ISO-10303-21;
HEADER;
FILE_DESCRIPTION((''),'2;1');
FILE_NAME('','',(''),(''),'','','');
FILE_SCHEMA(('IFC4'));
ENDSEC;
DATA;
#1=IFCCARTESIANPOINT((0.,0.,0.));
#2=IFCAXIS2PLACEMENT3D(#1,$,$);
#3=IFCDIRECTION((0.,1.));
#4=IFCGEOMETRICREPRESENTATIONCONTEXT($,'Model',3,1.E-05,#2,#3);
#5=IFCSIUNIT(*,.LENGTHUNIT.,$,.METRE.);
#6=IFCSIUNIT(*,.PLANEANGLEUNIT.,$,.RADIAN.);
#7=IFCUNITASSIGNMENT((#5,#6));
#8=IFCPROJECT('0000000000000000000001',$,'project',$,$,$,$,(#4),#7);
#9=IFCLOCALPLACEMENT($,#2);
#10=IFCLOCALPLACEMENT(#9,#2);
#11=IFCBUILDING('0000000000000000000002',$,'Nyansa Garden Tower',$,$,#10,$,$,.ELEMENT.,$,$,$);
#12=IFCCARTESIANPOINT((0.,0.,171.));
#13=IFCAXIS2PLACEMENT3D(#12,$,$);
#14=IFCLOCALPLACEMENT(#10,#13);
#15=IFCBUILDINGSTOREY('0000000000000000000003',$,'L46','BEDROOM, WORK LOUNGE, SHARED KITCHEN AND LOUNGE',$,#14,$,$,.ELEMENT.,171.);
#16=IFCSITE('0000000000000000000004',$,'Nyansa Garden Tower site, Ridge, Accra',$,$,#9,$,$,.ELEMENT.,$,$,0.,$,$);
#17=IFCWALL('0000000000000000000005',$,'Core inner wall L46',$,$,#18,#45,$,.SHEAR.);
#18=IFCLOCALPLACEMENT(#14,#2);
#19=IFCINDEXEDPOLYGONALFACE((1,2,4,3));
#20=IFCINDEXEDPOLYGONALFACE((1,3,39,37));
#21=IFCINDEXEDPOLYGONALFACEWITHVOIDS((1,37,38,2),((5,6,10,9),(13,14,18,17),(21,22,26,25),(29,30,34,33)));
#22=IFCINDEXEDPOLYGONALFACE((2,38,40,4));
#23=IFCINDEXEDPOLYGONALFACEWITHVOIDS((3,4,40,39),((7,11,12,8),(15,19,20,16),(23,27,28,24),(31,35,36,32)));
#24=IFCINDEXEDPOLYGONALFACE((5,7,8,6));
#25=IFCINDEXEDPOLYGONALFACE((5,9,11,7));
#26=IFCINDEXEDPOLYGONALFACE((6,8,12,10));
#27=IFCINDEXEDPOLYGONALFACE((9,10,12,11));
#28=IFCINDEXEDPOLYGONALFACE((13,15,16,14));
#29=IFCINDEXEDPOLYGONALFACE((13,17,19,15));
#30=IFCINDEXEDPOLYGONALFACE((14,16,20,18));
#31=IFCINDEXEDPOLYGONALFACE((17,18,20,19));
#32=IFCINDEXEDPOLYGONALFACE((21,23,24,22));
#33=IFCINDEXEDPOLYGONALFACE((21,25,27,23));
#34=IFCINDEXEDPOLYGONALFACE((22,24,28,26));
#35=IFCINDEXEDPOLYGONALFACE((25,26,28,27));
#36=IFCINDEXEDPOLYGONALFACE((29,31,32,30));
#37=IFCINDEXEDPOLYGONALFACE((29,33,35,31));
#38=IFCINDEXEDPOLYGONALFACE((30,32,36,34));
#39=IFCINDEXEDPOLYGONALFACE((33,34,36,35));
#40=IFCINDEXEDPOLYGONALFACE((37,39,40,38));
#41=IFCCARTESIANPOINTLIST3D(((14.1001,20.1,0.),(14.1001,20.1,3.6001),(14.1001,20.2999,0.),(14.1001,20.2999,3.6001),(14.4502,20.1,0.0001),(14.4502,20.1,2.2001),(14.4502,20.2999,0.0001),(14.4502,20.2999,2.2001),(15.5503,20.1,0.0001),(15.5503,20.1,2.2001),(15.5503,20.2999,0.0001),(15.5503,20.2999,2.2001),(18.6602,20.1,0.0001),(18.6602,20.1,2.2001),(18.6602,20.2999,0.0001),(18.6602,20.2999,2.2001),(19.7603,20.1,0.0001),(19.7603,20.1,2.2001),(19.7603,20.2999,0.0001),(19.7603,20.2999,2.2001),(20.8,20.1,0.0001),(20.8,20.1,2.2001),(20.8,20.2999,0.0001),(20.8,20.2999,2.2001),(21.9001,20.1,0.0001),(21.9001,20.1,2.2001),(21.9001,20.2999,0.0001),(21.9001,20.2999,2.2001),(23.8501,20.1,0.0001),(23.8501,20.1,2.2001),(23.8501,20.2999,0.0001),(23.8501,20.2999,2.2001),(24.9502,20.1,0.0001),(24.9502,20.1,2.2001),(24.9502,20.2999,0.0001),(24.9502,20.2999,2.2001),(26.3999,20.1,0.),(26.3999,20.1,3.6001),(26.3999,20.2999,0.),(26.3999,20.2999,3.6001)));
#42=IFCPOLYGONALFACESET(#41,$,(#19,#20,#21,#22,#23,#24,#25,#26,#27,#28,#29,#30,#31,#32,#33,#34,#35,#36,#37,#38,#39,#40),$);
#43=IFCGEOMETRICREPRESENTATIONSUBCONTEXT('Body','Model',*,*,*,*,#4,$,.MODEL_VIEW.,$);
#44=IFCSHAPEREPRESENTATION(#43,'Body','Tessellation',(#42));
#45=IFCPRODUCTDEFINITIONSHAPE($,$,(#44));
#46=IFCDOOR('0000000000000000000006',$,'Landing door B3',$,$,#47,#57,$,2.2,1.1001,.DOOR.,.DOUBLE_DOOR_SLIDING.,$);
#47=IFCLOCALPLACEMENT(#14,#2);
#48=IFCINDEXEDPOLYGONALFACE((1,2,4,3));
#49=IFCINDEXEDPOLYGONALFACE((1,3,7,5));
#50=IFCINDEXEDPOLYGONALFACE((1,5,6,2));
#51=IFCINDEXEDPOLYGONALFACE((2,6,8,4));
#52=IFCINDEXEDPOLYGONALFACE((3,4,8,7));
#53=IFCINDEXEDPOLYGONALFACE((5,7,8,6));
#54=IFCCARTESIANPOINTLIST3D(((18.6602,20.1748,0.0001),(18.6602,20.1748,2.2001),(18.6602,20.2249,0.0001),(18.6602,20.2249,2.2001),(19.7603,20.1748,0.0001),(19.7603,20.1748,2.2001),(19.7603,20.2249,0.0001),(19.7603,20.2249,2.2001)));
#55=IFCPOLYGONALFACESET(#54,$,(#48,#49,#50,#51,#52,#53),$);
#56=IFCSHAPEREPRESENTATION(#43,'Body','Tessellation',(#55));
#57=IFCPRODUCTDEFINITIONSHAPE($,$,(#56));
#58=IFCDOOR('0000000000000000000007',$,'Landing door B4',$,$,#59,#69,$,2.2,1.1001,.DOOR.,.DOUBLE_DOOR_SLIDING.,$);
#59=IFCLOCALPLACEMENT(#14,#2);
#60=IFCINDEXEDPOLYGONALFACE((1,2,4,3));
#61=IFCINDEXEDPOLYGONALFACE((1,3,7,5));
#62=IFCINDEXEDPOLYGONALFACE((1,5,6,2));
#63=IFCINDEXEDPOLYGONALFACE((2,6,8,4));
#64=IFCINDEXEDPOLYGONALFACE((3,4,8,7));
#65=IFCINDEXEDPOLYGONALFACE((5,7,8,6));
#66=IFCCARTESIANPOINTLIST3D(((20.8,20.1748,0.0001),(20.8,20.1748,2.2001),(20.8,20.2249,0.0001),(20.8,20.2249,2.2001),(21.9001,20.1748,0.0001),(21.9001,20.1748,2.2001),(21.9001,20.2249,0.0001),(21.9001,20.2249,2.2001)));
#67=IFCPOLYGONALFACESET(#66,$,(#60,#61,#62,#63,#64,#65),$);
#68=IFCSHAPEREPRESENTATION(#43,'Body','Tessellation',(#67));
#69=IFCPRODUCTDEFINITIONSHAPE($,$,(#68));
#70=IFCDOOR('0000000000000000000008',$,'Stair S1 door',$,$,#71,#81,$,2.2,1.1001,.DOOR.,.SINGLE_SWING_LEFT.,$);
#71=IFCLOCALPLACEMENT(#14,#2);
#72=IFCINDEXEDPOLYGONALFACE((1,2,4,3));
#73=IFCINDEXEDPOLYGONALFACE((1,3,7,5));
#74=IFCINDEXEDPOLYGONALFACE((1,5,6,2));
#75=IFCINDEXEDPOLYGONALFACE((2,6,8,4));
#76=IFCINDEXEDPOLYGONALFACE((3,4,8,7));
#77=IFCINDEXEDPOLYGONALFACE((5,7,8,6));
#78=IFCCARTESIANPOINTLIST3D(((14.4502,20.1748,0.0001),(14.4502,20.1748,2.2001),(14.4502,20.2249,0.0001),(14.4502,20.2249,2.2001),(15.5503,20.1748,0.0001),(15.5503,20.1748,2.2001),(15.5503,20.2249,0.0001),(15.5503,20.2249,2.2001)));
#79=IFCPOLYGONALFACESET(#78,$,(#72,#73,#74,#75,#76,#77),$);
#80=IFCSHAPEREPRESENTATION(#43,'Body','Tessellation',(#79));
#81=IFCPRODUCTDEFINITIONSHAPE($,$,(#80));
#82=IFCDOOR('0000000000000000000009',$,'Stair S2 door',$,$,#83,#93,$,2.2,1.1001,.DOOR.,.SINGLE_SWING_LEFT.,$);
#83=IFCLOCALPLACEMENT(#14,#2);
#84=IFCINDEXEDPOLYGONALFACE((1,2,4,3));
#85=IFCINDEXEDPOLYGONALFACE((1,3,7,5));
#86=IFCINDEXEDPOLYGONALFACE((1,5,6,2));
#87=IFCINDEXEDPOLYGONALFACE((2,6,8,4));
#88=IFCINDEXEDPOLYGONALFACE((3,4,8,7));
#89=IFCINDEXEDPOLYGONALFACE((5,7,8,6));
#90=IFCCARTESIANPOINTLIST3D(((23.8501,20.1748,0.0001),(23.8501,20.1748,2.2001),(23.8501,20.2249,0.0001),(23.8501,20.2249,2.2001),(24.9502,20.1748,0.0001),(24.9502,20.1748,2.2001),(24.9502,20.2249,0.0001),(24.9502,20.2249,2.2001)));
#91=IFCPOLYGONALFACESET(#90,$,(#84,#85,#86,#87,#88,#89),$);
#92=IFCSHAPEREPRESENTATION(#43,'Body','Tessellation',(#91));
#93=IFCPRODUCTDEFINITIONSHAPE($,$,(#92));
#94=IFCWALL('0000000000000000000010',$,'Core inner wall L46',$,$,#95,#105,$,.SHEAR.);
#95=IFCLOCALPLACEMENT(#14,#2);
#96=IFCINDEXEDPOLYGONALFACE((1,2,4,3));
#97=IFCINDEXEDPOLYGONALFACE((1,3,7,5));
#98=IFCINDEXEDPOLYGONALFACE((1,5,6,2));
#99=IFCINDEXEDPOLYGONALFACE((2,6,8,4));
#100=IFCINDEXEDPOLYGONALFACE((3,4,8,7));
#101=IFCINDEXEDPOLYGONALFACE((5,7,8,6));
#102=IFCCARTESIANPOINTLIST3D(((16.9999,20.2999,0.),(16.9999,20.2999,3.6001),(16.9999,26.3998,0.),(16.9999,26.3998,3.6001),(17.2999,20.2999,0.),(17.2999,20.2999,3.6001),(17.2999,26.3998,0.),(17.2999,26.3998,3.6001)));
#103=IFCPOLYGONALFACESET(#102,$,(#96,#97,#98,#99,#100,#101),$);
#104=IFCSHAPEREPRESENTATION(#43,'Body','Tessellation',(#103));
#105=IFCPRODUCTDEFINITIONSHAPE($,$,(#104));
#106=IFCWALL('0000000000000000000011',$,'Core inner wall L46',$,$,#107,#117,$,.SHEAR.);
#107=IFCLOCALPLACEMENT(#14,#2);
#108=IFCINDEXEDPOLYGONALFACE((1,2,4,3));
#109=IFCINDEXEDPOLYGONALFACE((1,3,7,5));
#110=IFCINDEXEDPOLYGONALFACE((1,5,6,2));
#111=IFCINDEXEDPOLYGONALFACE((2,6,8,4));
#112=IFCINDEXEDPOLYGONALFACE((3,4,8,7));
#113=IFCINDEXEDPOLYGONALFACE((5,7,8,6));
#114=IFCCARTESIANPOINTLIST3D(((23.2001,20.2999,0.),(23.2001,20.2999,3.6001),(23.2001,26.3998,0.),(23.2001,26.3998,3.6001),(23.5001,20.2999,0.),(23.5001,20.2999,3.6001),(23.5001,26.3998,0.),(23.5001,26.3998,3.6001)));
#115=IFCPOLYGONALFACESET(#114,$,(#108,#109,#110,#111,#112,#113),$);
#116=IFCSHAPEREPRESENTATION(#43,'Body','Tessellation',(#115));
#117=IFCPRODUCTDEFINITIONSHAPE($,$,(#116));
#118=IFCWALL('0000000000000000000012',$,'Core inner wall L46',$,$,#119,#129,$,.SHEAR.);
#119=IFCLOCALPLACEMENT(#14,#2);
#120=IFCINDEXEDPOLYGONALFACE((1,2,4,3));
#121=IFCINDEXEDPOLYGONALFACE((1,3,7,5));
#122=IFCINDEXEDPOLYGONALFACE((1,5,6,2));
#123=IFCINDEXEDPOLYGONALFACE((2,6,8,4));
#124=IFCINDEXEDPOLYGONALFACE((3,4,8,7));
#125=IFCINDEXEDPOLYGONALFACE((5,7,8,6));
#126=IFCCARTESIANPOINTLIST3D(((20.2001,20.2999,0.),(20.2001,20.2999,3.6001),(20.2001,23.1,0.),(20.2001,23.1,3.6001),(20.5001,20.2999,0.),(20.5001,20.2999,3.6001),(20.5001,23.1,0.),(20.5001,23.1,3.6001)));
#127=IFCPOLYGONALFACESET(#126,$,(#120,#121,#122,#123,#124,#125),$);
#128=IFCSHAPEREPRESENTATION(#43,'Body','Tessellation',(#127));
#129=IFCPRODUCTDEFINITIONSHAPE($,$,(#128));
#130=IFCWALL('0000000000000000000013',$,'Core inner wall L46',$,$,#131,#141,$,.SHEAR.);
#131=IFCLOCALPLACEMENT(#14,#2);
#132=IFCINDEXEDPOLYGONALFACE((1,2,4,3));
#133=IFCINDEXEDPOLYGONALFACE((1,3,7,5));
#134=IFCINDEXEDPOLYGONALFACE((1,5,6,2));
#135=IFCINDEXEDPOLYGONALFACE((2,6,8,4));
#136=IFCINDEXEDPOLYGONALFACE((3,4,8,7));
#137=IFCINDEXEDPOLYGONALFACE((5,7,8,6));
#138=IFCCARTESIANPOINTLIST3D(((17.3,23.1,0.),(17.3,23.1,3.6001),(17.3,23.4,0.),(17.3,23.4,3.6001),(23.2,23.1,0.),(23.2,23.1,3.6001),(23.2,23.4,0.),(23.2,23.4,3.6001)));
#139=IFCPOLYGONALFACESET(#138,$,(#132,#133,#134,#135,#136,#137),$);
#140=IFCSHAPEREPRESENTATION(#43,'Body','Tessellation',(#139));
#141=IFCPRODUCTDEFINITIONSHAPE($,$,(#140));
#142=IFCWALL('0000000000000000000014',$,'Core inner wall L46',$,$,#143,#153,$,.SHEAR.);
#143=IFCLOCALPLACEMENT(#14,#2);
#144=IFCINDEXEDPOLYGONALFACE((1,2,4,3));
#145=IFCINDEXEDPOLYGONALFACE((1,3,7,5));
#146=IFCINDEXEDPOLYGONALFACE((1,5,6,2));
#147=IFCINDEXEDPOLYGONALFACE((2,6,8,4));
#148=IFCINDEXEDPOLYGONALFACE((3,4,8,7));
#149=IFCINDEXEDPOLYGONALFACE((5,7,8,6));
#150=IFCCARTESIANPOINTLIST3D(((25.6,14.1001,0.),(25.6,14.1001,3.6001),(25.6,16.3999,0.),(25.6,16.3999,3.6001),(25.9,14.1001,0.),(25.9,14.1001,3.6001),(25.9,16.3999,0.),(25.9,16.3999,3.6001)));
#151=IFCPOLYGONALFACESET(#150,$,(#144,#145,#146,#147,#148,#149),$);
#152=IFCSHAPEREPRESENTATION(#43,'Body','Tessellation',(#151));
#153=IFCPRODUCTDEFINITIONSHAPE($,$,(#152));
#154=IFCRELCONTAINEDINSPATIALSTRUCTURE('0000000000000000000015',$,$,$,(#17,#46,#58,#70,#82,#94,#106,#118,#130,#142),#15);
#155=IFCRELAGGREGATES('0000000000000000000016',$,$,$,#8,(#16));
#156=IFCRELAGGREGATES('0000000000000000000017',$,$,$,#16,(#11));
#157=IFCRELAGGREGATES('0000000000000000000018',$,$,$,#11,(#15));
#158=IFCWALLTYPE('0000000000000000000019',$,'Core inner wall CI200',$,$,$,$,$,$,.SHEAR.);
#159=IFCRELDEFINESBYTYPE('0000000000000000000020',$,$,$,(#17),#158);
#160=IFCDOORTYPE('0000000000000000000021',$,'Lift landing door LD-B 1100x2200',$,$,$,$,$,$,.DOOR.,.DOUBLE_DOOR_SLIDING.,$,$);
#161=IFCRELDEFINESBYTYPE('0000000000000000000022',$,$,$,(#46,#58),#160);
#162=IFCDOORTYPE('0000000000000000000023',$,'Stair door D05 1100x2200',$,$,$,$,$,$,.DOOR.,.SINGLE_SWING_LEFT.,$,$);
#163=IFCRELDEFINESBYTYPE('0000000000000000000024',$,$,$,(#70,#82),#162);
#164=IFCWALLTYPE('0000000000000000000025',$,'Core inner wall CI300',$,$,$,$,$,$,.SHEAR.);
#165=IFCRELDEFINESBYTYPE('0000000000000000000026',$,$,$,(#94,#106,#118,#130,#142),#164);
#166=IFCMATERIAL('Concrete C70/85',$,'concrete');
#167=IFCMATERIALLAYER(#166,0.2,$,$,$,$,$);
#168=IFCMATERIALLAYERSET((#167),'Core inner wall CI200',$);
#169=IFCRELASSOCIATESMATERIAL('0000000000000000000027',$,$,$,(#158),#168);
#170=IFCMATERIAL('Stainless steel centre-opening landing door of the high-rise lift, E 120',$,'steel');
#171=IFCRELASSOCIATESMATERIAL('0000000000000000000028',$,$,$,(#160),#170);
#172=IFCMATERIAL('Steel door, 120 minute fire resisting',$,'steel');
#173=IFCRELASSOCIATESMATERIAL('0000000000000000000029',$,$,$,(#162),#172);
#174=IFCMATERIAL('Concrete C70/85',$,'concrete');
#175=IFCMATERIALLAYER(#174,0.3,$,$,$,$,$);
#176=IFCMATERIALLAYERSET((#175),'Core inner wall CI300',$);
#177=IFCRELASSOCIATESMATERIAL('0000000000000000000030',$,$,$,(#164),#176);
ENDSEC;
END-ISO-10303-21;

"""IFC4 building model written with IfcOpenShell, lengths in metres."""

from ifc_helpers import new_model, si_unit, direction, frame, frame_2d, origin, place, context, subcontext, project, spatial, rectangle, extrude, material, layer, layer_set, type_object, element, fill, save


model = new_model("IFC4")

# Units and contexts
model_context = context("Model", 3, precision=1e-05, world=origin(), true_north=direction((0.0, 1.0)))
body_context = subcontext(model_context, "Body", "Model", "MODEL_VIEW")
ifc_project = project(units=[si_unit("LENGTHUNIT", "METRE"), si_unit("PLANEANGLEUNIT", "RADIAN")], contexts=[model_context])

# Site, building, storey
site_placement = place(None, origin())
site = spatial("IfcSite", under=ifc_project, at=site_placement, Name="Nyansa Garden Tower site, Ridge, Accra", CompositionType="ELEMENT", RefElevation=0.0)
building_placement = place(site_placement, origin())
building = spatial("IfcBuilding", under=site, at=building_placement, Name="Nyansa Garden Tower", CompositionType="ELEMENT")
storey_placement = place(building_placement, frame((0.0, 0.0, 171.0)))
storey = spatial("IfcBuildingStorey", under=building, at=storey_placement, Name="L46", Description="BEDROOM, WORK LOUNGE, SHARED KITCHEN AND LOUNGE", CompositionType="ELEMENT", Elevation=171.0)

# Wall, openings, doors
ifc_material_1 = material(Name="Concrete C70/85", Category="concrete")
ifc_layer_1 = layer(ifc_material_1, 0.2)
ifc_layer_set_1 = layer_set([ifc_layer_1], Name="Core inner wall CI200")
wall_type_1 = type_object("IfcWallType", Name="Core inner wall CI200", PredefinedType="SHEAR", material=ifc_layer_set_1)
ifc_material_2 = material(Name="Stainless steel centre-opening landing door of the high-rise lift, E 120", Category="steel")
door_type_1 = type_object("IfcDoorType", Name="Lift landing door LD-B 1100x2200", OperationType="DOUBLE_DOOR_SLIDING", PredefinedType="DOOR", material=ifc_material_2)
wall_1_placement = place(storey_placement, frame((14.1001, 20.2, 0.0), z_axis=(0.0, 0.0, 1.0), x_axis=(1.0, 0.0, 0.0)))
wall_1 = element("IfcWall", 1, at=wall_1_placement, inside=storey, type_object=wall_type_1, Name="Core inner wall L46", PredefinedType="SHEAR", context=body_context, shape_type="SweptSolid", body=[
    extrude(rectangle(XDim=12.2998, YDim=0.2, at=frame_2d((6.1499, 0.0))), origin(), (0.0, 0.0, 1.0), 3.6001),
])
opening_1_placement = place(wall_1_placement, frame((4.5601, 0.0, 0.0)))
opening_1 = element("IfcOpeningElement", 2, at=opening_1_placement, cuts=wall_1, PredefinedType="OPENING", context=body_context, shape_type="SweptSolid", body=[
    extrude(rectangle(XDim=1.1001, YDim=2.2, at=frame_2d((0.55, 1.1001))), frame((0.0, 0.1099, 0.0), z_axis=(0.0, -1.0, 0.0), x_axis=(1.0, 0.0, 0.0)), (0.0, 0.0, 1.0), 0.22),
])
opening_2_placement = place(wall_1_placement, frame((6.7, 0.0, 0.0)))
opening_2 = element("IfcOpeningElement", 3, at=opening_2_placement, cuts=wall_1, PredefinedType="OPENING", context=body_context, shape_type="SweptSolid", body=[
    extrude(rectangle(XDim=1.1001, YDim=2.2, at=frame_2d((0.55, 1.1001))), frame((0.0, 0.1099, 0.0), z_axis=(0.0, -1.0, 0.0), x_axis=(1.0, 0.0, 0.0)), (0.0, 0.0, 1.0), 0.22),
])
opening_3_placement = place(wall_1_placement, frame((0.3501, 0.0, 0.0)))
opening_3 = element("IfcOpeningElement", 4, at=opening_3_placement, cuts=wall_1, PredefinedType="OPENING", context=body_context, shape_type="SweptSolid", body=[
    extrude(rectangle(XDim=1.1001, YDim=2.2, at=frame_2d((0.55, 1.1001))), frame((0.0, 0.1099, 0.0), z_axis=(0.0, -1.0, 0.0), x_axis=(1.0, 0.0, 0.0)), (0.0, 0.0, 1.0), 0.22),
])
opening_4_placement = place(wall_1_placement, frame((9.75, 0.0, 0.0)))
opening_4 = element("IfcOpeningElement", 5, at=opening_4_placement, cuts=wall_1, PredefinedType="OPENING", context=body_context, shape_type="SweptSolid", body=[
    extrude(rectangle(XDim=1.1001, YDim=2.2, at=frame_2d((0.55, 1.1001))), frame((0.0, 0.1099, 0.0), z_axis=(0.0, -1.0, 0.0), x_axis=(1.0, 0.0, 0.0)), (0.0, 0.0, 1.0), 0.22),
])
door_1_placement = place(opening_1_placement, origin())
door_1 = element("IfcDoor", 6, at=door_1_placement, inside=storey, type_object=door_type_1, Name="Landing door B3", OperationType="DOUBLE_DOOR_SLIDING", OverallHeight=2.2, OverallWidth=1.1001, PredefinedType="DOOR", context=body_context, shape_type="SweptSolid", body=[
    extrude(rectangle(XDim=1.1001, YDim=2.2, at=frame_2d((0.55, 1.1001))), frame((0.0, 0.0249, 0.0), z_axis=(0.0, -1.0, 0.0), x_axis=(1.0, 0.0, 0.0)), (0.0, 0.0, 1.0), 0.05),
])
fill(opening_1, door_1)
door_2_placement = place(opening_2_placement, origin())
door_2 = element("IfcDoor", 7, at=door_2_placement, inside=storey, type_object=door_type_1, Name="Landing door B4", OperationType="DOUBLE_DOOR_SLIDING", OverallHeight=2.2, OverallWidth=1.1001, PredefinedType="DOOR", context=body_context, shape_type="SweptSolid", body=[
    extrude(rectangle(XDim=1.1001, YDim=2.2, at=frame_2d((0.55, 1.1001))), frame((0.0, 0.0249, 0.0), z_axis=(0.0, -1.0, 0.0), x_axis=(1.0, 0.0, 0.0)), (0.0, 0.0, 1.0), 0.05),
])
fill(opening_2, door_2)
ifc_material_3 = material(Name="Steel door, 120 minute fire resisting", Category="steel")
door_type_2 = type_object("IfcDoorType", Name="Stair door D05 1100x2200", OperationType="SINGLE_SWING_LEFT", PredefinedType="DOOR", material=ifc_material_3)
door_3_placement = place(opening_3_placement, origin())
door_3 = element("IfcDoor", 8, at=door_3_placement, inside=storey, type_object=door_type_2, Name="Stair S1 door", OperationType="SINGLE_SWING_LEFT", OverallHeight=2.2, OverallWidth=1.1001, PredefinedType="DOOR", context=body_context, shape_type="SweptSolid", body=[
    extrude(rectangle(XDim=1.1001, YDim=2.2, at=frame_2d((0.55, 1.1001))), frame((0.0, 0.0249, 0.0), z_axis=(0.0, -1.0, 0.0), x_axis=(1.0, 0.0, 0.0)), (0.0, 0.0, 1.0), 0.05),
])
fill(opening_3, door_3)
door_4_placement = place(opening_4_placement, origin())
door_4 = element("IfcDoor", 9, at=door_4_placement, inside=storey, type_object=door_type_2, Name="Stair S2 door", OperationType="SINGLE_SWING_LEFT", OverallHeight=2.2, OverallWidth=1.1001, PredefinedType="DOOR", context=body_context, shape_type="SweptSolid", body=[
    extrude(rectangle(XDim=1.1001, YDim=2.2, at=frame_2d((0.55, 1.1001))), frame((0.0, 0.0249, 0.0), z_axis=(0.0, -1.0, 0.0), x_axis=(1.0, 0.0, 0.0)), (0.0, 0.0, 1.0), 0.05),
])
fill(opening_4, door_4)

# Walls
ifc_material_4 = material(Name="Concrete C70/85", Category="concrete")
ifc_layer_2 = layer(ifc_material_4, 0.3)
ifc_layer_set_2 = layer_set([ifc_layer_2], Name="Core inner wall CI300")
wall_type_2 = type_object("IfcWallType", Name="Core inner wall CI300", PredefinedType="SHEAR", material=ifc_layer_set_2)
for number, where, z_axis, x_axis, name in (
    (10, (17.1499, 20.3, 0.0), (0.0, 0.0, 1.0), (0.0, 1.0, 0.0), "Core inner wall L46"),
    (11, (23.3501, 20.3, 0.0), (0.0, 0.0, 1.0), (0.0, 1.0, 0.0), "Core inner wall L46"),
):
    element("IfcWall", number, at=place(storey_placement, frame(where, z_axis=z_axis, x_axis=x_axis)), inside=storey, type_object=wall_type_2, Name=name, PredefinedType="SHEAR", context=body_context, shape_type="SweptSolid", body=[
        extrude(rectangle(XDim=6.0999, YDim=0.3, at=frame_2d((3.0498, 0.0))), origin(), (0.0, 0.0, 1.0), 3.6001),
    ])
wall_2_placement = place(storey_placement, frame((20.3501, 20.3, 0.0), z_axis=(0.0, 0.0, 1.0), x_axis=(0.0, 1.0, 0.0)))
element("IfcWall", 12, at=wall_2_placement, inside=storey, type_object=wall_type_2, Name="Core inner wall L46", PredefinedType="SHEAR", context=body_context, shape_type="SweptSolid", body=[
    extrude(rectangle(XDim=2.8, YDim=0.3, at=frame_2d((1.3999, 0.0))), origin(), (0.0, 0.0, 1.0), 3.6001),
])
wall_3_placement = place(storey_placement, frame((17.3, 23.25, 0.0), z_axis=(0.0, 0.0, 1.0), x_axis=(1.0, 0.0, 0.0)))
element("IfcWall", 13, at=wall_3_placement, inside=storey, type_object=wall_type_2, Name="Core inner wall L46", PredefinedType="SHEAR", context=body_context, shape_type="SweptSolid", body=[
    extrude(rectangle(XDim=5.8999, YDim=0.3, at=frame_2d((2.95, 0.0))), origin(), (0.0, 0.0, 1.0), 3.6001),
])
wall_4_placement = place(storey_placement, frame((25.75, 14.1001, 0.0), z_axis=(0.0, 0.0, 1.0), x_axis=(0.0, 1.0, 0.0)))
element("IfcWall", 14, at=wall_4_placement, inside=storey, type_object=wall_type_2, Name="Core inner wall L46", PredefinedType="SHEAR", context=body_context, shape_type="SweptSolid", body=[
    extrude(rectangle(XDim=2.2998, YDim=0.3, at=frame_2d((1.1499, 0.0))), origin(), (0.0, 0.0, 1.0), 3.6001),
])

save(model, "model.ifc")
